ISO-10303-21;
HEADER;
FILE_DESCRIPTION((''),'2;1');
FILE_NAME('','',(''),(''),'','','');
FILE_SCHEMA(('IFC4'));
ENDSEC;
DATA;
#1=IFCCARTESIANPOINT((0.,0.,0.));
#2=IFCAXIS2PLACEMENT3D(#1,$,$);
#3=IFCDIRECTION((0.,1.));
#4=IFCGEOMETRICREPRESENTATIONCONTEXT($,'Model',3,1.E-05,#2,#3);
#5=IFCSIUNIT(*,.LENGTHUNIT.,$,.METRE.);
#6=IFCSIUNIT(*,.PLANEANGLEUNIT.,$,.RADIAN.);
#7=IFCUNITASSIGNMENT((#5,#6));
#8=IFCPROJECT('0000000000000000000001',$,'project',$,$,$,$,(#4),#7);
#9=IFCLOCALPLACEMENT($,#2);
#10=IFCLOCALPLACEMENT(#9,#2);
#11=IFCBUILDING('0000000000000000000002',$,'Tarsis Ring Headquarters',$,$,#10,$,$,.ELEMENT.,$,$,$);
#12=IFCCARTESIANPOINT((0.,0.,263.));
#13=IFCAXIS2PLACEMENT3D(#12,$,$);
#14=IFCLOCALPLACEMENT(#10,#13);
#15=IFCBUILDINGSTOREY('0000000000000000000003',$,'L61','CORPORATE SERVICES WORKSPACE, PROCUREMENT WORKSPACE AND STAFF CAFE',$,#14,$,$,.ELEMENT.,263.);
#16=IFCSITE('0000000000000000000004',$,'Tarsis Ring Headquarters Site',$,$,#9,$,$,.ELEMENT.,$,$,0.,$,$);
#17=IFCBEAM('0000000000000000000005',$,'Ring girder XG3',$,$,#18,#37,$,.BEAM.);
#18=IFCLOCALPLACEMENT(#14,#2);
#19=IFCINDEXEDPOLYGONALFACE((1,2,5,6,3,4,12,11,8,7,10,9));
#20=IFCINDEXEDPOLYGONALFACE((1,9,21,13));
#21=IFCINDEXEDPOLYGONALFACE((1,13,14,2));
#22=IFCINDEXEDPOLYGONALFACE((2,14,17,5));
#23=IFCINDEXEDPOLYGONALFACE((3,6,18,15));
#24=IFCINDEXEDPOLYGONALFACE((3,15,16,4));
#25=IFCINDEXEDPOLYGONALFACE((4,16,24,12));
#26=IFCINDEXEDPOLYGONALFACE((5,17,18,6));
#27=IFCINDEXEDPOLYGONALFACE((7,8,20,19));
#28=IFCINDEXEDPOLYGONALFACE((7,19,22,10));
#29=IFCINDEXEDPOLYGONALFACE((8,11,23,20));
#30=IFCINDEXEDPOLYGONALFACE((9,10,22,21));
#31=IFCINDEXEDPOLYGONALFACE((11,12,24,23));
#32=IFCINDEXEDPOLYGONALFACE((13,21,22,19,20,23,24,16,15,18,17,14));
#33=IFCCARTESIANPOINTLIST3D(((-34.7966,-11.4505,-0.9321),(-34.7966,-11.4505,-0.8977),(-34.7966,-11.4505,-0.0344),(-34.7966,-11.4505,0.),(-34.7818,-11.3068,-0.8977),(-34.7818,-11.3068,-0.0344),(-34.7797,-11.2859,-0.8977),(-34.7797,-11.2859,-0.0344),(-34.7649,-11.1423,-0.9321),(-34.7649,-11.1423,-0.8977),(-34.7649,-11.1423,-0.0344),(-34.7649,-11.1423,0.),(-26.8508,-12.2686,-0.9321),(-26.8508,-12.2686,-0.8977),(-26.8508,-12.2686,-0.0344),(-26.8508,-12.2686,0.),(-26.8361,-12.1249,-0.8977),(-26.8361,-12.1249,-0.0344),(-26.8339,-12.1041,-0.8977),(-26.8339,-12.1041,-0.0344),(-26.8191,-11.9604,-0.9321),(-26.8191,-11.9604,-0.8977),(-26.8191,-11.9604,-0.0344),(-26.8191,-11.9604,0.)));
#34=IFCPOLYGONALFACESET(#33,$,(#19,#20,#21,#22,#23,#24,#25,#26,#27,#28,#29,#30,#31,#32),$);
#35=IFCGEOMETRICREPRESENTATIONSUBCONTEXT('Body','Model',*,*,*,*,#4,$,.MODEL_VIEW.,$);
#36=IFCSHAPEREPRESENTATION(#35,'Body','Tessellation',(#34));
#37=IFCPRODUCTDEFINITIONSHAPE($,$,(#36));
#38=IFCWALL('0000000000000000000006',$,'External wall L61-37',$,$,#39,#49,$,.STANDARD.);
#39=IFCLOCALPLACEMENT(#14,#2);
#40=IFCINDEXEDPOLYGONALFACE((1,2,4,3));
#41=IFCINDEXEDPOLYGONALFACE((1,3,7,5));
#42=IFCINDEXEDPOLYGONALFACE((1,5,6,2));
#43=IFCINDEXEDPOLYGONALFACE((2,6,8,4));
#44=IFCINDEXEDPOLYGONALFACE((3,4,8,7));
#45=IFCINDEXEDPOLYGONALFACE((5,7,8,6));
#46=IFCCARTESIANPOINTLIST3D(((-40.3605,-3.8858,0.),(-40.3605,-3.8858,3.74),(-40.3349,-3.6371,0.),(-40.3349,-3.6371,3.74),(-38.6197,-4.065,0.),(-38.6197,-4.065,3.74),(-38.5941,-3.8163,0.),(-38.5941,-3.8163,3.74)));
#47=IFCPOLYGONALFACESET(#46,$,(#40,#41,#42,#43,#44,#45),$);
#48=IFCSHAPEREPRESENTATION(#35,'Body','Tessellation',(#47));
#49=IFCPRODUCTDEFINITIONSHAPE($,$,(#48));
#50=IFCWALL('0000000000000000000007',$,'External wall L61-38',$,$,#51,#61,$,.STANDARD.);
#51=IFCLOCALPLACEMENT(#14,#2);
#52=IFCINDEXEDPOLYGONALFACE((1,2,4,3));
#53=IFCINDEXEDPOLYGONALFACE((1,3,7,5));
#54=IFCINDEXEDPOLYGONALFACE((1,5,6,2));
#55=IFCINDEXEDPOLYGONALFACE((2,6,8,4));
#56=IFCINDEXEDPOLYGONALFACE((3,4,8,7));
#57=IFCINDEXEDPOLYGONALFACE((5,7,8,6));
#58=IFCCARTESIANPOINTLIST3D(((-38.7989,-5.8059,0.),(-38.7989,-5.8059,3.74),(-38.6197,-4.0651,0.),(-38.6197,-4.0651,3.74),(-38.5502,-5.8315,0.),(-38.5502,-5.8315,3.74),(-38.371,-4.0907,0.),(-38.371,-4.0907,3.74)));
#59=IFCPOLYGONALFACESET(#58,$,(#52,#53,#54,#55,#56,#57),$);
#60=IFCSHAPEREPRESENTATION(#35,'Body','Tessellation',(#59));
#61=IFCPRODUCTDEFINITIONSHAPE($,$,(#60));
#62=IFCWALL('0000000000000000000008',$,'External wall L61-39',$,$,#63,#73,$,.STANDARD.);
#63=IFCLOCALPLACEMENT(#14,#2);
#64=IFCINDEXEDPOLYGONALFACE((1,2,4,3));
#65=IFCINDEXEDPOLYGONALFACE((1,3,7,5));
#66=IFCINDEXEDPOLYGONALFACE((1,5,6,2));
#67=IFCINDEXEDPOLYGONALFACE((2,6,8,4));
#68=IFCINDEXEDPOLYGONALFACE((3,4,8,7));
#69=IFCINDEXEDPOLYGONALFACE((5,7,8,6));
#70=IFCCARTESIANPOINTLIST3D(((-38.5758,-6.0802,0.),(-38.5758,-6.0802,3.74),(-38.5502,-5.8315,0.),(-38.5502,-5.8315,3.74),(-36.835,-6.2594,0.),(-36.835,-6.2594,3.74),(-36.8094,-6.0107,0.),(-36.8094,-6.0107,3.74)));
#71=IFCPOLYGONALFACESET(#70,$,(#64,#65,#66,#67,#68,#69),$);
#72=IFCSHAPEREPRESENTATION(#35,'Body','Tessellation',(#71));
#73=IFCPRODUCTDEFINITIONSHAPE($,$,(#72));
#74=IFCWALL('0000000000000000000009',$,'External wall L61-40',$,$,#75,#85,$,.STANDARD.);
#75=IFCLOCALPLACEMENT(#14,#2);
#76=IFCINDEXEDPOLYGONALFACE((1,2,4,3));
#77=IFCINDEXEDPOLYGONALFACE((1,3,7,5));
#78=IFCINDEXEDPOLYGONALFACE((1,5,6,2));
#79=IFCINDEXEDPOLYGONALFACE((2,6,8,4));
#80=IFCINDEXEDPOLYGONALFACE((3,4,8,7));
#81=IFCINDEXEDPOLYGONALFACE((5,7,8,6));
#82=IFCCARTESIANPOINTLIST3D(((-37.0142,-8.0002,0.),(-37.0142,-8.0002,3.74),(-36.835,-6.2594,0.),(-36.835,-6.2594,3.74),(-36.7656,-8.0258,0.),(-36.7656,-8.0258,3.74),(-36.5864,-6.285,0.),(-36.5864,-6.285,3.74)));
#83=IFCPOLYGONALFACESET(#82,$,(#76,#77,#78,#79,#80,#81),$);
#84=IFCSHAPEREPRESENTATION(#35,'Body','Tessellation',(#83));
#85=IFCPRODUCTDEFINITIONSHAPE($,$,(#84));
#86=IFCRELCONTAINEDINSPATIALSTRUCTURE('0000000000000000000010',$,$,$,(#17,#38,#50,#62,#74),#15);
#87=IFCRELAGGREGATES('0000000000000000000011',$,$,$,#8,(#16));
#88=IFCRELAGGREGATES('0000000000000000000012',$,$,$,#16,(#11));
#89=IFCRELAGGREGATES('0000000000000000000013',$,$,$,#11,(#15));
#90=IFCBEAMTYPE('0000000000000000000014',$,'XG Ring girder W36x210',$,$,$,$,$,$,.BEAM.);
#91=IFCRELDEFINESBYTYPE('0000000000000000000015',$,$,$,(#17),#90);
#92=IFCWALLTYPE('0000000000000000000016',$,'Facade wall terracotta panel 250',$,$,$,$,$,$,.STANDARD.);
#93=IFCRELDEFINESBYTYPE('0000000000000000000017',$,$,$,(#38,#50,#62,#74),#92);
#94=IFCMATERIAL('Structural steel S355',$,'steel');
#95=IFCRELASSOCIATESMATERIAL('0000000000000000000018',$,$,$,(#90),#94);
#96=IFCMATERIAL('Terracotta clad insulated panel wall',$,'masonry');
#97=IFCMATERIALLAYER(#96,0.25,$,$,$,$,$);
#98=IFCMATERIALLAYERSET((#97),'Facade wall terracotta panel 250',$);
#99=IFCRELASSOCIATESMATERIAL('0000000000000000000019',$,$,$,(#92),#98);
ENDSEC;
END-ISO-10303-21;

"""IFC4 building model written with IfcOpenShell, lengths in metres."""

from ifc_helpers import new_model, si_unit, direction, frame, frame_2d, origin, origin_2d, place, context, subcontext, project, spatial, rectangle, i_section, extrude, material, layer, layer_set, material_profile, profile_set, type_object, element, save


model = new_model("IFC4")

# Units and contexts
model_context = context("Model", 3, precision=1e-05, world=origin(), true_north=direction((0.0, 1.0)))
body_context = subcontext(model_context, "Body", "Model", "MODEL_VIEW")
ifc_project = project(units=[si_unit("LENGTHUNIT", "METRE"), si_unit("PLANEANGLEUNIT", "RADIAN")], contexts=[model_context])

# Site, building, storey
site_placement = place(None, origin())
site = spatial("IfcSite", under=ifc_project, at=site_placement, Name="Tarsis Ring Headquarters Site", CompositionType="ELEMENT", RefElevation=0.0)
building_placement = place(site_placement, origin())
building = spatial("IfcBuilding", under=site, at=building_placement, Name="Tarsis Ring Headquarters", CompositionType="ELEMENT")
storey_placement = place(building_placement, frame((0.0, 0.0, 263.0)))
storey = spatial("IfcBuildingStorey", under=building, at=storey_placement, Name="L61", Description="CORPORATE SERVICES WORKSPACE, PROCUREMENT WORKSPACE AND STAFF CAFE", CompositionType="ELEMENT", Elevation=263.0)

# Shared definitions
ifc_material_1 = material(Name="Structural steel S355", Category="steel")

# Beam
ifc_material_profile_1 = material_profile(ifc_material_1, i_section(OverallWidth=0.3098, OverallDepth=0.9321, WebThickness=0.021, FlangeThickness=0.0344, at=origin_2d()), Name="W36x210")
ifc_profile_set_1 = profile_set([ifc_material_profile_1], Name="Structural steel S355")
beam_type = type_object("IfcBeamType", Name="XG Ring girder W36x210", PredefinedType="BEAM", material=ifc_profile_set_1)
for number, where, z_axis, x_axis, name in (
    (1, (-34.7808, -11.2964, -0.4661), (0.994741, -0.102421, 0.0), (0.102421, 0.994741, 0.0), "Ring girder XG3"),
):
    element("IfcBeam", number, at=place(storey_placement, frame(where, z_axis=z_axis, x_axis=x_axis)), inside=storey, type_object=beam_type, Name=name, PredefinedType="BEAM", context=body_context, shape_type="SweptSolid", body=[
        extrude(i_section(OverallWidth=0.3098, OverallDepth=0.9321, WebThickness=0.021, FlangeThickness=0.0344, at=origin_2d()), origin(), (0.0, 0.0, 1.0), 7.9878),
    ])

# Shared definitions
ifc_material_2 = material(Name="Terracotta clad insulated panel wall", Category="masonry")
ifc_layer = layer(ifc_material_2, 0.25)
ifc_layer_set = layer_set([ifc_layer], Name="Facade wall terracotta panel 250")
wall_type = type_object("IfcWallType", Name="Facade wall terracotta panel 250", PredefinedType="STANDARD", material=ifc_layer_set)

# Walls
for number, where, z_axis, x_axis, name in (
    (2, (-40.3477, -3.7615, 0.0), (0.0, 0.0, 1.0), (0.994743, -0.102404, 0.0), "External wall L61-37"),
    (3, (-38.4954, -4.0779, 0.0), (0.0, 0.0, 1.0), (-0.102404, -0.994743, 0.0), "External wall L61-38"),
    (4, (-38.563, -5.9558, 0.0), (0.0, 0.0, 1.0), (0.994743, -0.102404, 0.0), "External wall L61-39"),
    (5, (-36.7107, -6.2722, 0.0), (0.0, 0.0, 1.0), (-0.102404, -0.994743, 0.0), "External wall L61-40"),
):
    element("IfcWall", number, at=place(storey_placement, frame(where, z_axis=z_axis, x_axis=x_axis)), inside=storey, type_object=wall_type, Name=name, PredefinedType="STANDARD", context=body_context, shape_type="SweptSolid", body=[
        extrude(rectangle(XDim=1.75, YDim=0.25, at=frame_2d((0.875, 0.0))), origin(), (0.0, 0.0, 1.0), 3.74),
    ])

save(model, "model.ifc")
